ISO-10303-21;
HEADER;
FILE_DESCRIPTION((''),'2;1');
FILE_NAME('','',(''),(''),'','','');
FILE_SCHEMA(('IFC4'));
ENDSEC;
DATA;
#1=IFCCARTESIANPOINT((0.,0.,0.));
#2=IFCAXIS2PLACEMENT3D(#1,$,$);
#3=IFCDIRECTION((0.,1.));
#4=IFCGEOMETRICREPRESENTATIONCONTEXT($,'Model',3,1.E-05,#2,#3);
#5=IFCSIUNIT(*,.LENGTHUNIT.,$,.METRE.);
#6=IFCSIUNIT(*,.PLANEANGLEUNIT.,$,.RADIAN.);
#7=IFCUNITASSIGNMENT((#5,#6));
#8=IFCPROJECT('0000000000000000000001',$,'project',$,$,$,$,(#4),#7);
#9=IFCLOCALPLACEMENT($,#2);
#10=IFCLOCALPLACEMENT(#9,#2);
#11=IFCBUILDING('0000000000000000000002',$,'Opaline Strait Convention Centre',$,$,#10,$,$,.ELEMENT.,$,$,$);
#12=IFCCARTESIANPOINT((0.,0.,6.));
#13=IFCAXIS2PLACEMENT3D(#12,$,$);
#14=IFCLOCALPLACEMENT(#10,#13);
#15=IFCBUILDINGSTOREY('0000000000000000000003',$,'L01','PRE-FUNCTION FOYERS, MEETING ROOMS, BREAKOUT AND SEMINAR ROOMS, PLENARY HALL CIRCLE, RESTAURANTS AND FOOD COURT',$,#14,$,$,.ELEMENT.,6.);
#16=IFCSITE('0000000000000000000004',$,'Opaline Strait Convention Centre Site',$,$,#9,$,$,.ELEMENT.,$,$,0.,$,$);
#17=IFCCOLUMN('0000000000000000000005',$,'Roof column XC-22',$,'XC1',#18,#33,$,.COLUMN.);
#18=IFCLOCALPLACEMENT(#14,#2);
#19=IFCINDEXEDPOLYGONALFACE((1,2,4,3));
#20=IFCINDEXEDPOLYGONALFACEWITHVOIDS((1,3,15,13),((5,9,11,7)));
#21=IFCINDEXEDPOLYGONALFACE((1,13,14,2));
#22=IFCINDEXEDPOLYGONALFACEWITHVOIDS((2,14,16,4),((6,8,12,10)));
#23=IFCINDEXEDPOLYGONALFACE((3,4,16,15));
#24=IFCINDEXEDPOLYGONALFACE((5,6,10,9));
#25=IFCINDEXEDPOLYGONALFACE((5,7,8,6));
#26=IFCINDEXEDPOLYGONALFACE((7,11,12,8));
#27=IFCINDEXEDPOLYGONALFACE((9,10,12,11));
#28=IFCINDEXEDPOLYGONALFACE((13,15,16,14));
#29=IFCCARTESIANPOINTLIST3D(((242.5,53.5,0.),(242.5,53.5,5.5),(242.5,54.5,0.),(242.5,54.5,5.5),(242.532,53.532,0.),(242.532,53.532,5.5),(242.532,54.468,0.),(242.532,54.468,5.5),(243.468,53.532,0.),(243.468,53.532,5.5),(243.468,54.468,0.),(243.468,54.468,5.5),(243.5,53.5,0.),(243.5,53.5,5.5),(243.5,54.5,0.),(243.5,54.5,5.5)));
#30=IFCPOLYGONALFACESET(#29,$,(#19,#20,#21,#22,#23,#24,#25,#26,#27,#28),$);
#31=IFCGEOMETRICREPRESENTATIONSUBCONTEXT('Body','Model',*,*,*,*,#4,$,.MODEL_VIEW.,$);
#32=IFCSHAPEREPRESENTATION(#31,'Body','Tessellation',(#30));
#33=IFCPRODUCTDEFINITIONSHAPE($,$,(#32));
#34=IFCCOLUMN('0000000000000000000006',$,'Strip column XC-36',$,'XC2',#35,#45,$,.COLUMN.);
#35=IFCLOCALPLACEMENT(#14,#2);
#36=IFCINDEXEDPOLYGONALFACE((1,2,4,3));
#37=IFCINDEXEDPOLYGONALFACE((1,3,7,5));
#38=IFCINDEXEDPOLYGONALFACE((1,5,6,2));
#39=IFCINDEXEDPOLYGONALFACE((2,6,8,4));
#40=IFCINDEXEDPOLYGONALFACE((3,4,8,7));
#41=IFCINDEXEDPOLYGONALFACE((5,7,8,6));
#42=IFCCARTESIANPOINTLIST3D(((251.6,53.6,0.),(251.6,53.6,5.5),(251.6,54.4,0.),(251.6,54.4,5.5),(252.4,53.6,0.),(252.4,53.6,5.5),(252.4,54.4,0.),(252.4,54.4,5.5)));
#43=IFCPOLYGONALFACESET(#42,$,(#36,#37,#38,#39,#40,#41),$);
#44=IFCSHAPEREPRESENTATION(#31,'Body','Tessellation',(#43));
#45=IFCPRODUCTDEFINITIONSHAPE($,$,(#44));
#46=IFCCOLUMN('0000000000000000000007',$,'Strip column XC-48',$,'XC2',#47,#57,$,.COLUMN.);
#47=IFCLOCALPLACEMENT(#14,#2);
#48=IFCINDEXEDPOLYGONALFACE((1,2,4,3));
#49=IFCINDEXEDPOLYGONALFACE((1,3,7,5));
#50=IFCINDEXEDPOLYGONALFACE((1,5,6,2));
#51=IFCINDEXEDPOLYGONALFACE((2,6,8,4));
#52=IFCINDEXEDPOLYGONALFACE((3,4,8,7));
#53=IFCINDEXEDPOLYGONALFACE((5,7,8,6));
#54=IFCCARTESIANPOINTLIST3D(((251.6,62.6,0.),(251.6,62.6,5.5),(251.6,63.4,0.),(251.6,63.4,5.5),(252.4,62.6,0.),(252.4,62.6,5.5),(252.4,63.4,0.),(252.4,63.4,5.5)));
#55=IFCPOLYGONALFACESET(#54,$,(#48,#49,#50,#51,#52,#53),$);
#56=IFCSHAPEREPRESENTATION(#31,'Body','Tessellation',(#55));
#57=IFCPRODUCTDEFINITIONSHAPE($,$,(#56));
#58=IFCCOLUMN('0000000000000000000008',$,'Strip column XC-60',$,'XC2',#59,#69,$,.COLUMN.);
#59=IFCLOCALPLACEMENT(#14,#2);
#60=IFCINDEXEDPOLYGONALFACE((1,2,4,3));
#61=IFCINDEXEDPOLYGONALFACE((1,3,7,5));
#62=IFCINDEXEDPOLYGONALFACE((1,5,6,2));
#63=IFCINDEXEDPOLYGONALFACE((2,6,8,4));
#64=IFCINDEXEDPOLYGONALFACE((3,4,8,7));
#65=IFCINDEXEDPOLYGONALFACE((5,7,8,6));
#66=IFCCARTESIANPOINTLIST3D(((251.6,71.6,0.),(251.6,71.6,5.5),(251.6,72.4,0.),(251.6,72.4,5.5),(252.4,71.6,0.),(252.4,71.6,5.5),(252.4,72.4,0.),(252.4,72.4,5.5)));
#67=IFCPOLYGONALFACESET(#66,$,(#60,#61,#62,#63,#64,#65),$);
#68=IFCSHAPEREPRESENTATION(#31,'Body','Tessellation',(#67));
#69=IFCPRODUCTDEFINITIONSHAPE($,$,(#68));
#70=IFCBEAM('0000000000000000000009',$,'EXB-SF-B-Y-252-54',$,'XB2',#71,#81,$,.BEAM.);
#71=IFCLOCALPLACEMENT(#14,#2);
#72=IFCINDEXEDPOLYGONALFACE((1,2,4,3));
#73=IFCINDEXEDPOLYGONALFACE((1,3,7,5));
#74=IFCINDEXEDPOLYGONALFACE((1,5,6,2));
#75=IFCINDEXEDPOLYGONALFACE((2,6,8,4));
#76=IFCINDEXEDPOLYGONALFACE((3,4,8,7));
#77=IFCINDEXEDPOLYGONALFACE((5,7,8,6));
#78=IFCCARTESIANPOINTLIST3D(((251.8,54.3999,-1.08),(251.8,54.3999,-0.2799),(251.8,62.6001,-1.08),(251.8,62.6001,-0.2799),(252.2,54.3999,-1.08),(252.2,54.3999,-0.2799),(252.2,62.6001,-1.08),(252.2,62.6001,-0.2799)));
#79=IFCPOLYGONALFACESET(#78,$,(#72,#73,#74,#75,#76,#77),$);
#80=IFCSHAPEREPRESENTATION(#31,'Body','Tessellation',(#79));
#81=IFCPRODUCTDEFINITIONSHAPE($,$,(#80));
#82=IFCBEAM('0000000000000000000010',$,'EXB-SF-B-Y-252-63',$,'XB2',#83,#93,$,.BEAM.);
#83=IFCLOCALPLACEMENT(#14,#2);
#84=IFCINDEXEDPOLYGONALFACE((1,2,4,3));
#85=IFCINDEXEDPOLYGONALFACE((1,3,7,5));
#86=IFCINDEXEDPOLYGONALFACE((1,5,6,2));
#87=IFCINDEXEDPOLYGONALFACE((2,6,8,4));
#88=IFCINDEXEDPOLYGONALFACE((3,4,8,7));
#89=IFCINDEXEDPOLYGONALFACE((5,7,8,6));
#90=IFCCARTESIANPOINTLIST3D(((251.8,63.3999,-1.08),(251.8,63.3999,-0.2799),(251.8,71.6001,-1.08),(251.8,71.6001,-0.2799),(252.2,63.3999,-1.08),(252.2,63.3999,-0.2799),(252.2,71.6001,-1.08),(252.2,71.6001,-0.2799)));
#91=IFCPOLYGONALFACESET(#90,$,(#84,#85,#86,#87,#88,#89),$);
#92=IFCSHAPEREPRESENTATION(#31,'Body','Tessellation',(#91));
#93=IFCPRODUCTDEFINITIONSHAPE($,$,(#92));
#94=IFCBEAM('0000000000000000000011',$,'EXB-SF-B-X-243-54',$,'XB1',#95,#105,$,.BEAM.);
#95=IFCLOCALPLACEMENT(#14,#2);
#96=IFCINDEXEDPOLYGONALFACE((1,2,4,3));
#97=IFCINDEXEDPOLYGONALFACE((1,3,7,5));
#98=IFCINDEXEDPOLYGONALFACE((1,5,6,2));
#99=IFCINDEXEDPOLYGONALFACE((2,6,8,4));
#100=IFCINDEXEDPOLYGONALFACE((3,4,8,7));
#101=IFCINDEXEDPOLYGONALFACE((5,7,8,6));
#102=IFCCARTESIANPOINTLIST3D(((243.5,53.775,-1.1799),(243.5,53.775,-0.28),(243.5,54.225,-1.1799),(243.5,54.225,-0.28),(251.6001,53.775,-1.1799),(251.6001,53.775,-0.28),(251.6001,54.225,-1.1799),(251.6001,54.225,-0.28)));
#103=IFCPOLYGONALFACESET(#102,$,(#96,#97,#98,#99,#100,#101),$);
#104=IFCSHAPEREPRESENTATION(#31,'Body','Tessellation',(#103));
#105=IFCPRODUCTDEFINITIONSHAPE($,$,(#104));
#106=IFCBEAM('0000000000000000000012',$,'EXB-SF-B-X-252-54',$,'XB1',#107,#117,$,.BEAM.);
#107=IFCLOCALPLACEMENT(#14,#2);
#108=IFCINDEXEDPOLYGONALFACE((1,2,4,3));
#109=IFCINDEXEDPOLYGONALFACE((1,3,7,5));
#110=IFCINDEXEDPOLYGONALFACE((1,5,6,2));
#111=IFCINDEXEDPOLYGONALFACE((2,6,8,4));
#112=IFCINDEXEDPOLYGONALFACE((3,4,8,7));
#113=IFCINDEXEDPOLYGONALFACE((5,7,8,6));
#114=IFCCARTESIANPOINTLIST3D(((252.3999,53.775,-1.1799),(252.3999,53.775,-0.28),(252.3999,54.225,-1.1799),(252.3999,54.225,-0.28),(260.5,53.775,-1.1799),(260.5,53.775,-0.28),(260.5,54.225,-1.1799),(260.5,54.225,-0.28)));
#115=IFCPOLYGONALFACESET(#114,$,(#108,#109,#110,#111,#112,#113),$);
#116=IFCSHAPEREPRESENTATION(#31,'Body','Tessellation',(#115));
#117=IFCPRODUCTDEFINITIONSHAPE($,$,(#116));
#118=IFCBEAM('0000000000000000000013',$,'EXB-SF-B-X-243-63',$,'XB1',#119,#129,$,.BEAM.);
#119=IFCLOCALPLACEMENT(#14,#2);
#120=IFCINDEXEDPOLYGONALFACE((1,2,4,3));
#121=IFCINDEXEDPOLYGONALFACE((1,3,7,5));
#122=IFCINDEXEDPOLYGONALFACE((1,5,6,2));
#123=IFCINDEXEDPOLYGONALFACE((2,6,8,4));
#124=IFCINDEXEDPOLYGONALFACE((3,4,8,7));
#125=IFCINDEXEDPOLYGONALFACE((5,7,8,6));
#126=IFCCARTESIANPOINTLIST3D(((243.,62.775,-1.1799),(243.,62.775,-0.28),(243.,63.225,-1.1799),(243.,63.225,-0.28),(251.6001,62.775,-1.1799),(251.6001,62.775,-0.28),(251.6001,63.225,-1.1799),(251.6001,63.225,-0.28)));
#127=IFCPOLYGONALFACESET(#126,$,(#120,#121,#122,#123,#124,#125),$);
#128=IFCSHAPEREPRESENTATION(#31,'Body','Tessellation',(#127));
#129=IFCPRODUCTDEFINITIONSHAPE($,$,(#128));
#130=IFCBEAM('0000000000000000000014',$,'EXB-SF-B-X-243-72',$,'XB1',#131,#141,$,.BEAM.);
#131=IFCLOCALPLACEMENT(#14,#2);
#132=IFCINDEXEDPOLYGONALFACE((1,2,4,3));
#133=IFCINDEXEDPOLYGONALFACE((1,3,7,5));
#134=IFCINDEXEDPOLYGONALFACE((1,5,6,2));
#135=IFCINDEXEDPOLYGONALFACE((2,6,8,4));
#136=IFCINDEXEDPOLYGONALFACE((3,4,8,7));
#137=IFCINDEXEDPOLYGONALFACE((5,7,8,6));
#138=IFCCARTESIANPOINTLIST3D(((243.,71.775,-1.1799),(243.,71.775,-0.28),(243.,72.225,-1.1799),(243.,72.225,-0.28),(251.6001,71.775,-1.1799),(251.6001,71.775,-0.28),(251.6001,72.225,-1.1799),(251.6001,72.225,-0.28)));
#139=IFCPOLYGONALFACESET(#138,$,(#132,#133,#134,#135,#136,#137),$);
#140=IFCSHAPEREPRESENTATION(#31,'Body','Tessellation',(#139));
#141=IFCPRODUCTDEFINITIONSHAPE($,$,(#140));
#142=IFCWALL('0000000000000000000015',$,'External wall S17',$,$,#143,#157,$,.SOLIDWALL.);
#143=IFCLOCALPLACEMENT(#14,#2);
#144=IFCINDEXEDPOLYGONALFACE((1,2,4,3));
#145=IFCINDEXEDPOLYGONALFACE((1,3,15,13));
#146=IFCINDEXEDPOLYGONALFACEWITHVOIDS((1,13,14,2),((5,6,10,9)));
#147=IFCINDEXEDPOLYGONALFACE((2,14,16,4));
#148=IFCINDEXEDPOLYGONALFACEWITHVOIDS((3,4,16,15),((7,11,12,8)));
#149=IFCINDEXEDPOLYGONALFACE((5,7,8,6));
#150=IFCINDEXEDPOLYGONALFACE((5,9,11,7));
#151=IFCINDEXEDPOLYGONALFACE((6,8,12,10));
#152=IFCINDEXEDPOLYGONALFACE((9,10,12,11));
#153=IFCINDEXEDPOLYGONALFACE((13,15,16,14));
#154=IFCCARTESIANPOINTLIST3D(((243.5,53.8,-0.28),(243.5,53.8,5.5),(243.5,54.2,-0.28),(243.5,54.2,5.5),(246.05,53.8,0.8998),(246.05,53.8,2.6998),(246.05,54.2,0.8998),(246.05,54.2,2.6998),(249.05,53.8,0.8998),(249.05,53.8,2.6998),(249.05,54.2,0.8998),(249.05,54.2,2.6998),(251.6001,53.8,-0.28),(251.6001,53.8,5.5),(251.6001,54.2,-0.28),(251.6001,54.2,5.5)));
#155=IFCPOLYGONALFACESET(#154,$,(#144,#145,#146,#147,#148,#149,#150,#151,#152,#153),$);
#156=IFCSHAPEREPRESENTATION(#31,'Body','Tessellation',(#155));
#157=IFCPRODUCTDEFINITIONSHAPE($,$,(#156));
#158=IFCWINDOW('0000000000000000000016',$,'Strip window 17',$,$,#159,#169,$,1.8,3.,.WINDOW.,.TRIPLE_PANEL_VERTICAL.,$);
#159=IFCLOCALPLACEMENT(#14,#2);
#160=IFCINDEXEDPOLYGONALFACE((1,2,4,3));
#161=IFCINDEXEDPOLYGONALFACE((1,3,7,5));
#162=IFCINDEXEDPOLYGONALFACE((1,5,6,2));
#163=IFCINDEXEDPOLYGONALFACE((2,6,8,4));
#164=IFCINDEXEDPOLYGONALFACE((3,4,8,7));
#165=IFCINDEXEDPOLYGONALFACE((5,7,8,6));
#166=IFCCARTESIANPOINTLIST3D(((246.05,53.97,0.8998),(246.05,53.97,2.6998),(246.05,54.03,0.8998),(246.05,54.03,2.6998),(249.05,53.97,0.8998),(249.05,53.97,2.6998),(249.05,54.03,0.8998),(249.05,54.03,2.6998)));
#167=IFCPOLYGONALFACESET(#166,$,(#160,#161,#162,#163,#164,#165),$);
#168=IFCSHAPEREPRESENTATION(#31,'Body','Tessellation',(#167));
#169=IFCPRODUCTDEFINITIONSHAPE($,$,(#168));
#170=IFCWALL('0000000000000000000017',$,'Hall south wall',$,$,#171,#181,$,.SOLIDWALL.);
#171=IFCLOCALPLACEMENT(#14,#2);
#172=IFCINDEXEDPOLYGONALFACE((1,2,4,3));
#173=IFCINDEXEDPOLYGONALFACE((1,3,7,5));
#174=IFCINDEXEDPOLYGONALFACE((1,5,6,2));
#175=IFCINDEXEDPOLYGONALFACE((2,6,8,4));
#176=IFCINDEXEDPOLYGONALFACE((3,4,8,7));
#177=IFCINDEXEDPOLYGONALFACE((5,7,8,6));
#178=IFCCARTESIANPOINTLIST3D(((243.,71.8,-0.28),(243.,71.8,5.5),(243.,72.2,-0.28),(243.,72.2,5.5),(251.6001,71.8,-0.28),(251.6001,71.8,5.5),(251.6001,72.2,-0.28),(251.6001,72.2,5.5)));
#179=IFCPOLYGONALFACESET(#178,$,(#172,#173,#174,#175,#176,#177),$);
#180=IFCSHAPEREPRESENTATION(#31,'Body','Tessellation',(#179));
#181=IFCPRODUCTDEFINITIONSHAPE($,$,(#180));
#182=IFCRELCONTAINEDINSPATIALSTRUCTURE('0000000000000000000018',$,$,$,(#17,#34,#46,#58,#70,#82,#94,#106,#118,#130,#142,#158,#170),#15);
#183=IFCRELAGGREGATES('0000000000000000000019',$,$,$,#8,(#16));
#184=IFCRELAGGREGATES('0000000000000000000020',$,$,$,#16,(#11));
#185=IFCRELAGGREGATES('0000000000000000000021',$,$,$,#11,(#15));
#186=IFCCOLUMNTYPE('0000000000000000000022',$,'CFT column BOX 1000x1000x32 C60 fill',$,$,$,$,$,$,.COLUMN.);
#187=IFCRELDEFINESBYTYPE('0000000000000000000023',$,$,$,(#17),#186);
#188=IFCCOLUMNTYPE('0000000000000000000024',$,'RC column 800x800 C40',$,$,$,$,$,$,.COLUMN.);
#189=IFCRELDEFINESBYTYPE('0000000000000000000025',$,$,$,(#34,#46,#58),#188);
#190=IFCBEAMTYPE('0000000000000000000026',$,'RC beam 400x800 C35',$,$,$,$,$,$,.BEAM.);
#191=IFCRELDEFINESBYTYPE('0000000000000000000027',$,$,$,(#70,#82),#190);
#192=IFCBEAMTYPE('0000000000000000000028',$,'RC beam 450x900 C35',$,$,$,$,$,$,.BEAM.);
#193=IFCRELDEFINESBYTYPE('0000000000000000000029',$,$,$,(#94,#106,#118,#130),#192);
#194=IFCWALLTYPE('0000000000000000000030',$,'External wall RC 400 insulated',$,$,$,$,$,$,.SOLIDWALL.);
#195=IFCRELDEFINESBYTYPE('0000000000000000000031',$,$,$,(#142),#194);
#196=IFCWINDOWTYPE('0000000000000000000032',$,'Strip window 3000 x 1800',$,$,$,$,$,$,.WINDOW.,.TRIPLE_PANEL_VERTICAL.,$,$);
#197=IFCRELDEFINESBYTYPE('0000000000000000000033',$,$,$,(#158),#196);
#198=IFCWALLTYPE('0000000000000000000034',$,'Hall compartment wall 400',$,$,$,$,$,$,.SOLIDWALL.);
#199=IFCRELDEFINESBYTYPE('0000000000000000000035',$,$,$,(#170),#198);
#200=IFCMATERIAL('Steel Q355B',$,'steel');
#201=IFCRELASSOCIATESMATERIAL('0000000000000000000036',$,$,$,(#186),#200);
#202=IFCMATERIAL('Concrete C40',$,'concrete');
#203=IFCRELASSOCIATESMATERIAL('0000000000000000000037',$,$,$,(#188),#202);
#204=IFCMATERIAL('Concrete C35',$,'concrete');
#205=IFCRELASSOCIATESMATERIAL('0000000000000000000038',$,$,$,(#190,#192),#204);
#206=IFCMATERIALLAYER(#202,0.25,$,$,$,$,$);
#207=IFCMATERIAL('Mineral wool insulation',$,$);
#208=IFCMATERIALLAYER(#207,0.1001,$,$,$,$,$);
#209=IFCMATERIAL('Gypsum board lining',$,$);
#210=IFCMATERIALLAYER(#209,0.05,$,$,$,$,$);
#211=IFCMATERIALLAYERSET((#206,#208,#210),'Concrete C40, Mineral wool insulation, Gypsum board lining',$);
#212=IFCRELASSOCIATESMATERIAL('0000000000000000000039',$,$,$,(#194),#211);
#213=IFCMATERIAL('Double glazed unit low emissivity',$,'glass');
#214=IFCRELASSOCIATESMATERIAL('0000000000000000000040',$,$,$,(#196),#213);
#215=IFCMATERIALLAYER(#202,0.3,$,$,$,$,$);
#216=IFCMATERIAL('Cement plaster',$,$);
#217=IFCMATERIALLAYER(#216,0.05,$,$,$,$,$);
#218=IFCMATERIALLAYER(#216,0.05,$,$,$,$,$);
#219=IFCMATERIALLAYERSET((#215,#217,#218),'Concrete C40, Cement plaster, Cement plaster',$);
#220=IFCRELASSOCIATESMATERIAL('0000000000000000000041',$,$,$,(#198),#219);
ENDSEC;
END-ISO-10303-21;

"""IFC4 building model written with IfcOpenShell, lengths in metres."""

from ifc_helpers import new_model, si_unit, direction, frame, frame_2d, origin, origin_2d, place, context, subcontext, project, spatial, rectangle, hollow_rectangle, extrude, material, layer, layer_set, material_profile, profile_set, type_object, element, fill, save


model = new_model("IFC4")

# Units and contexts
model_context = context("Model", 3, precision=1e-05, world=origin(), true_north=direction((0.0, 1.0)))
body_context = subcontext(model_context, "Body", "Model", "MODEL_VIEW")
ifc_project = project(units=[si_unit("LENGTHUNIT", "METRE"), si_unit("PLANEANGLEUNIT", "RADIAN")], contexts=[model_context])

# Site, building, storey
site_placement = place(None, origin())
site = spatial("IfcSite", under=ifc_project, at=site_placement, Name="Opaline Strait Convention Centre Site", CompositionType="ELEMENT", RefElevation=0.0)
building_placement = place(site_placement, origin())
building = spatial("IfcBuilding", under=site, at=building_placement, Name="Opaline Strait Convention Centre", CompositionType="ELEMENT")
storey_placement = place(building_placement, frame((0.0, 0.0, 6.0)))
storey = spatial("IfcBuildingStorey", under=building, at=storey_placement, Name="L01", Description="PRE-FUNCTION FOYERS, MEETING ROOMS, BREAKOUT AND SEMINAR ROOMS, PLENARY HALL CIRCLE, RESTAURANTS AND FOOD COURT", CompositionType="ELEMENT", Elevation=6.0)

# Columns
ifc_material_1 = material(Name="Steel Q355B", Category="steel")
ifc_material_profile_1 = material_profile(ifc_material_1, hollow_rectangle(XDim=1.0, YDim=1.0, WallThickness=0.032, at=origin_2d()), Name="BOX 1000x1000x32")
ifc_profile_set_1 = profile_set([ifc_material_profile_1], Name="Steel Q355B")
column_type_1 = type_object("IfcColumnType", Name="CFT column BOX 1000x1000x32 C60 fill", PredefinedType="COLUMN", material=ifc_profile_set_1)
column_placement = place(storey_placement, frame((243.0, 54.0, 0.0), z_axis=(0.0, 0.0, 1.0), x_axis=(1.0, 0.0, 0.0)))
element("IfcColumn", 1, at=column_placement, inside=storey, type_object=column_type_1, Name="Roof column XC-22", ObjectType="XC1", PredefinedType="COLUMN", context=body_context, shape_type="SweptSolid", body=[
    extrude(hollow_rectangle(XDim=1.0, YDim=1.0, WallThickness=0.032, at=origin_2d()), origin(), (0.0, 0.0, 1.0), 5.5),
])
ifc_material_2 = material(Name="Concrete C40", Category="concrete")
ifc_material_profile_2 = material_profile(ifc_material_2, rectangle(XDim=0.8, YDim=0.8, at=origin_2d()), Name="RC 800x800")
ifc_profile_set_2 = profile_set([ifc_material_profile_2], Name="Concrete C40")
column_type_2 = type_object("IfcColumnType", Name="RC column 800x800 C40", PredefinedType="COLUMN", material=ifc_profile_set_2)
for number, where, z_axis, x_axis, name in (
    (2, (252.0, 54.0, 0.0), (0.0, 0.0, 1.0), (1.0, 0.0, 0.0), "Strip column XC-36"),
    (3, (252.0, 63.0, 0.0), (0.0, 0.0, 1.0), (1.0, 0.0, 0.0), "Strip column XC-48"),
    (4, (252.0, 72.0, 0.0), (0.0, 0.0, 1.0), (1.0, 0.0, 0.0), "Strip column XC-60"),
):
    element("IfcColumn", number, at=place(storey_placement, frame(where, z_axis=z_axis, x_axis=x_axis)), inside=storey, type_object=column_type_2, Name=name, ObjectType="XC2", PredefinedType="COLUMN", context=body_context, shape_type="SweptSolid", body=[
        extrude(rectangle(XDim=0.8, YDim=0.8, at=origin_2d()), origin(), (0.0, 0.0, 1.0), 5.5),
    ])

# Beams
ifc_material_3 = material(Name="Concrete C35", Category="concrete")
ifc_material_profile_3 = material_profile(ifc_material_3, rectangle(XDim=0.3999, YDim=0.8, at=origin_2d()), Name="RC 400x800")
ifc_profile_set_3 = profile_set([ifc_material_profile_3], Name="Concrete C35")
beam_type_1 = type_object("IfcBeamType", Name="RC beam 400x800 C35", PredefinedType="BEAM", material=ifc_profile_set_3)
for number, where, z_axis, x_axis, name in (
    (5, (252.0, 54.3999, -0.6799), (0.0, 1.0, 0.0), (-1.0, 0.0, 0.0), "EXB-SF-B-Y-252-54"),
    (6, (252.0, 63.3999, -0.6799), (0.0, 1.0, 0.0), (-1.0, 0.0, 0.0), "EXB-SF-B-Y-252-63"),
):
    element("IfcBeam", number, at=place(storey_placement, frame(where, z_axis=z_axis, x_axis=x_axis)), inside=storey, type_object=beam_type_1, Name=name, ObjectType="XB2", PredefinedType="BEAM", context=body_context, shape_type="SweptSolid", body=[
        extrude(rectangle(XDim=0.3999, YDim=0.8, at=origin_2d()), origin(), (0.0, 0.0, 1.0), 8.2002),
    ])
ifc_material_profile_4 = material_profile(ifc_material_3, rectangle(XDim=0.45, YDim=0.8999, at=origin_2d()), Name="RC 450x900")
ifc_profile_set_4 = profile_set([ifc_material_profile_4], Name="Concrete C35")
beam_type_2 = type_object("IfcBeamType", Name="RC beam 450x900 C35", PredefinedType="BEAM", material=ifc_profile_set_4)
for number, where, z_axis, x_axis, name in (
    (7, (243.5, 54.0, -0.73), (1.0, 0.0, 0.0), (0.0, 1.0, 0.0), "EXB-SF-B-X-243-54"),
    (8, (252.3999, 54.0, -0.73), (1.0, 0.0, 0.0), (0.0, 1.0, 0.0), "EXB-SF-B-X-252-54"),
):
    element("IfcBeam", number, at=place(storey_placement, frame(where, z_axis=z_axis, x_axis=x_axis)), inside=storey, type_object=beam_type_2, Name=name, ObjectType="XB1", PredefinedType="BEAM", context=body_context, shape_type="SweptSolid", body=[
        extrude(rectangle(XDim=0.45, YDim=0.8999, at=origin_2d()), origin(), (0.0, 0.0, 1.0), 8.1001),
    ])
for number, where, z_axis, x_axis, name in (
    (9, (243.0, 63.0, -0.73), (1.0, 0.0, 0.0), (0.0, 1.0, 0.0), "EXB-SF-B-X-243-63"),
    (10, (243.0, 72.0, -0.73), (1.0, 0.0, 0.0), (0.0, 1.0, 0.0), "EXB-SF-B-X-243-72"),
):
    element("IfcBeam", number, at=place(storey_placement, frame(where, z_axis=z_axis, x_axis=x_axis)), inside=storey, type_object=beam_type_2, Name=name, ObjectType="XB1", PredefinedType="BEAM", context=body_context, shape_type="SweptSolid", body=[
        extrude(rectangle(XDim=0.45, YDim=0.8999, at=origin_2d()), origin(), (0.0, 0.0, 1.0), 8.6001),
    ])

# Wall, opening, window
ifc_layer_1 = layer(ifc_material_2, 0.25)
ifc_material_4 = material(Name="Mineral wool insulation")
ifc_layer_2 = layer(ifc_material_4, 0.1001)
ifc_material_5 = material(Name="Gypsum board lining")
ifc_layer_3 = layer(ifc_material_5, 0.05)
ifc_layer_set_1 = layer_set([ifc_layer_1, ifc_layer_2, ifc_layer_3], Name="Concrete C40, Mineral wool insulation, Gypsum board lining")
wall_type_1 = type_object("IfcWallType", Name="External wall RC 400 insulated", PredefinedType="SOLIDWALL", material=ifc_layer_set_1)
wall_1_placement = place(storey_placement, frame((243.5, 54.0, -0.28), z_axis=(0.0, 0.0, 1.0), x_axis=(1.0, 0.0, 0.0)))
wall_1 = element("IfcWall", 11, at=wall_1_placement, inside=storey, type_object=wall_type_1, Name="External wall S17", PredefinedType="SOLIDWALL", context=body_context, shape_type="SweptSolid", body=[
    extrude(rectangle(XDim=8.1001, YDim=0.3999, at=frame_2d((4.05, 0.0))), origin(), (0.0, 0.0, 1.0), 5.78),
])
opening_1_placement = place(wall_1_placement, frame((2.55, 0.0, 1.1799)))
opening_1 = element("IfcOpeningElement", 12, at=opening_1_placement, cuts=wall_1, PredefinedType="OPENING", context=body_context, shape_type="SweptSolid", body=[
    extrude(rectangle(XDim=3.0, YDim=1.8, at=frame_2d((1.5, 0.8999))), frame((0.0, 0.21, 0.0), z_axis=(0.0, -1.0, 0.0), x_axis=(1.0, 0.0, 0.0)), (0.0, 0.0, 1.0), 0.4199),
])
ifc_material_6 = material(Name="Double glazed unit low emissivity", Category="glass")
window_type = type_object("IfcWindowType", Name="Strip window 3000 x 1800", PartitioningType="TRIPLE_PANEL_VERTICAL", PredefinedType="WINDOW", material=ifc_material_6)
window_placement = place(opening_1_placement, origin())
window = element("IfcWindow", 13, at=window_placement, inside=storey, type_object=window_type, Name="Strip window 17", OverallHeight=1.8, OverallWidth=3.0, PartitioningType="TRIPLE_PANEL_VERTICAL", PredefinedType="WINDOW", context=body_context, shape_type="SweptSolid", body=[
    extrude(rectangle(XDim=3.0, YDim=1.8, at=frame_2d((1.5, 0.8999))), frame((0.0, 0.03, 0.0), z_axis=(0.0, -1.0, 0.0), x_axis=(1.0, 0.0, 0.0)), (0.0, 0.0, 1.0), 0.0601),
])
fill(opening_1, window)

# Wall
ifc_layer_4 = layer(ifc_material_2, 0.3)
ifc_material_7 = material(Name="Cement plaster")
ifc_layer_5 = layer(ifc_material_7, 0.05)
ifc_layer_6 = layer(ifc_material_7, 0.05)
ifc_layer_set_2 = layer_set([ifc_layer_4, ifc_layer_5, ifc_layer_6], Name="Concrete C40, Cement plaster, Cement plaster")
wall_type_2 = type_object("IfcWallType", Name="Hall compartment wall 400", PredefinedType="SOLIDWALL", material=ifc_layer_set_2)
wall_2_placement = place(storey_placement, frame((243.0, 72.0, -0.28), z_axis=(0.0, 0.0, 1.0), x_axis=(1.0, 0.0, 0.0)))
element("IfcWall", 14, at=wall_2_placement, inside=storey, type_object=wall_type_2, Name="Hall south wall", PredefinedType="SOLIDWALL", context=body_context, shape_type="SweptSolid", body=[
    extrude(rectangle(XDim=8.6001, YDim=0.3999, at=frame_2d((4.3, 0.0))), origin(), (0.0, 0.0, 1.0), 5.78),
])

save(model, "model.ifc")
